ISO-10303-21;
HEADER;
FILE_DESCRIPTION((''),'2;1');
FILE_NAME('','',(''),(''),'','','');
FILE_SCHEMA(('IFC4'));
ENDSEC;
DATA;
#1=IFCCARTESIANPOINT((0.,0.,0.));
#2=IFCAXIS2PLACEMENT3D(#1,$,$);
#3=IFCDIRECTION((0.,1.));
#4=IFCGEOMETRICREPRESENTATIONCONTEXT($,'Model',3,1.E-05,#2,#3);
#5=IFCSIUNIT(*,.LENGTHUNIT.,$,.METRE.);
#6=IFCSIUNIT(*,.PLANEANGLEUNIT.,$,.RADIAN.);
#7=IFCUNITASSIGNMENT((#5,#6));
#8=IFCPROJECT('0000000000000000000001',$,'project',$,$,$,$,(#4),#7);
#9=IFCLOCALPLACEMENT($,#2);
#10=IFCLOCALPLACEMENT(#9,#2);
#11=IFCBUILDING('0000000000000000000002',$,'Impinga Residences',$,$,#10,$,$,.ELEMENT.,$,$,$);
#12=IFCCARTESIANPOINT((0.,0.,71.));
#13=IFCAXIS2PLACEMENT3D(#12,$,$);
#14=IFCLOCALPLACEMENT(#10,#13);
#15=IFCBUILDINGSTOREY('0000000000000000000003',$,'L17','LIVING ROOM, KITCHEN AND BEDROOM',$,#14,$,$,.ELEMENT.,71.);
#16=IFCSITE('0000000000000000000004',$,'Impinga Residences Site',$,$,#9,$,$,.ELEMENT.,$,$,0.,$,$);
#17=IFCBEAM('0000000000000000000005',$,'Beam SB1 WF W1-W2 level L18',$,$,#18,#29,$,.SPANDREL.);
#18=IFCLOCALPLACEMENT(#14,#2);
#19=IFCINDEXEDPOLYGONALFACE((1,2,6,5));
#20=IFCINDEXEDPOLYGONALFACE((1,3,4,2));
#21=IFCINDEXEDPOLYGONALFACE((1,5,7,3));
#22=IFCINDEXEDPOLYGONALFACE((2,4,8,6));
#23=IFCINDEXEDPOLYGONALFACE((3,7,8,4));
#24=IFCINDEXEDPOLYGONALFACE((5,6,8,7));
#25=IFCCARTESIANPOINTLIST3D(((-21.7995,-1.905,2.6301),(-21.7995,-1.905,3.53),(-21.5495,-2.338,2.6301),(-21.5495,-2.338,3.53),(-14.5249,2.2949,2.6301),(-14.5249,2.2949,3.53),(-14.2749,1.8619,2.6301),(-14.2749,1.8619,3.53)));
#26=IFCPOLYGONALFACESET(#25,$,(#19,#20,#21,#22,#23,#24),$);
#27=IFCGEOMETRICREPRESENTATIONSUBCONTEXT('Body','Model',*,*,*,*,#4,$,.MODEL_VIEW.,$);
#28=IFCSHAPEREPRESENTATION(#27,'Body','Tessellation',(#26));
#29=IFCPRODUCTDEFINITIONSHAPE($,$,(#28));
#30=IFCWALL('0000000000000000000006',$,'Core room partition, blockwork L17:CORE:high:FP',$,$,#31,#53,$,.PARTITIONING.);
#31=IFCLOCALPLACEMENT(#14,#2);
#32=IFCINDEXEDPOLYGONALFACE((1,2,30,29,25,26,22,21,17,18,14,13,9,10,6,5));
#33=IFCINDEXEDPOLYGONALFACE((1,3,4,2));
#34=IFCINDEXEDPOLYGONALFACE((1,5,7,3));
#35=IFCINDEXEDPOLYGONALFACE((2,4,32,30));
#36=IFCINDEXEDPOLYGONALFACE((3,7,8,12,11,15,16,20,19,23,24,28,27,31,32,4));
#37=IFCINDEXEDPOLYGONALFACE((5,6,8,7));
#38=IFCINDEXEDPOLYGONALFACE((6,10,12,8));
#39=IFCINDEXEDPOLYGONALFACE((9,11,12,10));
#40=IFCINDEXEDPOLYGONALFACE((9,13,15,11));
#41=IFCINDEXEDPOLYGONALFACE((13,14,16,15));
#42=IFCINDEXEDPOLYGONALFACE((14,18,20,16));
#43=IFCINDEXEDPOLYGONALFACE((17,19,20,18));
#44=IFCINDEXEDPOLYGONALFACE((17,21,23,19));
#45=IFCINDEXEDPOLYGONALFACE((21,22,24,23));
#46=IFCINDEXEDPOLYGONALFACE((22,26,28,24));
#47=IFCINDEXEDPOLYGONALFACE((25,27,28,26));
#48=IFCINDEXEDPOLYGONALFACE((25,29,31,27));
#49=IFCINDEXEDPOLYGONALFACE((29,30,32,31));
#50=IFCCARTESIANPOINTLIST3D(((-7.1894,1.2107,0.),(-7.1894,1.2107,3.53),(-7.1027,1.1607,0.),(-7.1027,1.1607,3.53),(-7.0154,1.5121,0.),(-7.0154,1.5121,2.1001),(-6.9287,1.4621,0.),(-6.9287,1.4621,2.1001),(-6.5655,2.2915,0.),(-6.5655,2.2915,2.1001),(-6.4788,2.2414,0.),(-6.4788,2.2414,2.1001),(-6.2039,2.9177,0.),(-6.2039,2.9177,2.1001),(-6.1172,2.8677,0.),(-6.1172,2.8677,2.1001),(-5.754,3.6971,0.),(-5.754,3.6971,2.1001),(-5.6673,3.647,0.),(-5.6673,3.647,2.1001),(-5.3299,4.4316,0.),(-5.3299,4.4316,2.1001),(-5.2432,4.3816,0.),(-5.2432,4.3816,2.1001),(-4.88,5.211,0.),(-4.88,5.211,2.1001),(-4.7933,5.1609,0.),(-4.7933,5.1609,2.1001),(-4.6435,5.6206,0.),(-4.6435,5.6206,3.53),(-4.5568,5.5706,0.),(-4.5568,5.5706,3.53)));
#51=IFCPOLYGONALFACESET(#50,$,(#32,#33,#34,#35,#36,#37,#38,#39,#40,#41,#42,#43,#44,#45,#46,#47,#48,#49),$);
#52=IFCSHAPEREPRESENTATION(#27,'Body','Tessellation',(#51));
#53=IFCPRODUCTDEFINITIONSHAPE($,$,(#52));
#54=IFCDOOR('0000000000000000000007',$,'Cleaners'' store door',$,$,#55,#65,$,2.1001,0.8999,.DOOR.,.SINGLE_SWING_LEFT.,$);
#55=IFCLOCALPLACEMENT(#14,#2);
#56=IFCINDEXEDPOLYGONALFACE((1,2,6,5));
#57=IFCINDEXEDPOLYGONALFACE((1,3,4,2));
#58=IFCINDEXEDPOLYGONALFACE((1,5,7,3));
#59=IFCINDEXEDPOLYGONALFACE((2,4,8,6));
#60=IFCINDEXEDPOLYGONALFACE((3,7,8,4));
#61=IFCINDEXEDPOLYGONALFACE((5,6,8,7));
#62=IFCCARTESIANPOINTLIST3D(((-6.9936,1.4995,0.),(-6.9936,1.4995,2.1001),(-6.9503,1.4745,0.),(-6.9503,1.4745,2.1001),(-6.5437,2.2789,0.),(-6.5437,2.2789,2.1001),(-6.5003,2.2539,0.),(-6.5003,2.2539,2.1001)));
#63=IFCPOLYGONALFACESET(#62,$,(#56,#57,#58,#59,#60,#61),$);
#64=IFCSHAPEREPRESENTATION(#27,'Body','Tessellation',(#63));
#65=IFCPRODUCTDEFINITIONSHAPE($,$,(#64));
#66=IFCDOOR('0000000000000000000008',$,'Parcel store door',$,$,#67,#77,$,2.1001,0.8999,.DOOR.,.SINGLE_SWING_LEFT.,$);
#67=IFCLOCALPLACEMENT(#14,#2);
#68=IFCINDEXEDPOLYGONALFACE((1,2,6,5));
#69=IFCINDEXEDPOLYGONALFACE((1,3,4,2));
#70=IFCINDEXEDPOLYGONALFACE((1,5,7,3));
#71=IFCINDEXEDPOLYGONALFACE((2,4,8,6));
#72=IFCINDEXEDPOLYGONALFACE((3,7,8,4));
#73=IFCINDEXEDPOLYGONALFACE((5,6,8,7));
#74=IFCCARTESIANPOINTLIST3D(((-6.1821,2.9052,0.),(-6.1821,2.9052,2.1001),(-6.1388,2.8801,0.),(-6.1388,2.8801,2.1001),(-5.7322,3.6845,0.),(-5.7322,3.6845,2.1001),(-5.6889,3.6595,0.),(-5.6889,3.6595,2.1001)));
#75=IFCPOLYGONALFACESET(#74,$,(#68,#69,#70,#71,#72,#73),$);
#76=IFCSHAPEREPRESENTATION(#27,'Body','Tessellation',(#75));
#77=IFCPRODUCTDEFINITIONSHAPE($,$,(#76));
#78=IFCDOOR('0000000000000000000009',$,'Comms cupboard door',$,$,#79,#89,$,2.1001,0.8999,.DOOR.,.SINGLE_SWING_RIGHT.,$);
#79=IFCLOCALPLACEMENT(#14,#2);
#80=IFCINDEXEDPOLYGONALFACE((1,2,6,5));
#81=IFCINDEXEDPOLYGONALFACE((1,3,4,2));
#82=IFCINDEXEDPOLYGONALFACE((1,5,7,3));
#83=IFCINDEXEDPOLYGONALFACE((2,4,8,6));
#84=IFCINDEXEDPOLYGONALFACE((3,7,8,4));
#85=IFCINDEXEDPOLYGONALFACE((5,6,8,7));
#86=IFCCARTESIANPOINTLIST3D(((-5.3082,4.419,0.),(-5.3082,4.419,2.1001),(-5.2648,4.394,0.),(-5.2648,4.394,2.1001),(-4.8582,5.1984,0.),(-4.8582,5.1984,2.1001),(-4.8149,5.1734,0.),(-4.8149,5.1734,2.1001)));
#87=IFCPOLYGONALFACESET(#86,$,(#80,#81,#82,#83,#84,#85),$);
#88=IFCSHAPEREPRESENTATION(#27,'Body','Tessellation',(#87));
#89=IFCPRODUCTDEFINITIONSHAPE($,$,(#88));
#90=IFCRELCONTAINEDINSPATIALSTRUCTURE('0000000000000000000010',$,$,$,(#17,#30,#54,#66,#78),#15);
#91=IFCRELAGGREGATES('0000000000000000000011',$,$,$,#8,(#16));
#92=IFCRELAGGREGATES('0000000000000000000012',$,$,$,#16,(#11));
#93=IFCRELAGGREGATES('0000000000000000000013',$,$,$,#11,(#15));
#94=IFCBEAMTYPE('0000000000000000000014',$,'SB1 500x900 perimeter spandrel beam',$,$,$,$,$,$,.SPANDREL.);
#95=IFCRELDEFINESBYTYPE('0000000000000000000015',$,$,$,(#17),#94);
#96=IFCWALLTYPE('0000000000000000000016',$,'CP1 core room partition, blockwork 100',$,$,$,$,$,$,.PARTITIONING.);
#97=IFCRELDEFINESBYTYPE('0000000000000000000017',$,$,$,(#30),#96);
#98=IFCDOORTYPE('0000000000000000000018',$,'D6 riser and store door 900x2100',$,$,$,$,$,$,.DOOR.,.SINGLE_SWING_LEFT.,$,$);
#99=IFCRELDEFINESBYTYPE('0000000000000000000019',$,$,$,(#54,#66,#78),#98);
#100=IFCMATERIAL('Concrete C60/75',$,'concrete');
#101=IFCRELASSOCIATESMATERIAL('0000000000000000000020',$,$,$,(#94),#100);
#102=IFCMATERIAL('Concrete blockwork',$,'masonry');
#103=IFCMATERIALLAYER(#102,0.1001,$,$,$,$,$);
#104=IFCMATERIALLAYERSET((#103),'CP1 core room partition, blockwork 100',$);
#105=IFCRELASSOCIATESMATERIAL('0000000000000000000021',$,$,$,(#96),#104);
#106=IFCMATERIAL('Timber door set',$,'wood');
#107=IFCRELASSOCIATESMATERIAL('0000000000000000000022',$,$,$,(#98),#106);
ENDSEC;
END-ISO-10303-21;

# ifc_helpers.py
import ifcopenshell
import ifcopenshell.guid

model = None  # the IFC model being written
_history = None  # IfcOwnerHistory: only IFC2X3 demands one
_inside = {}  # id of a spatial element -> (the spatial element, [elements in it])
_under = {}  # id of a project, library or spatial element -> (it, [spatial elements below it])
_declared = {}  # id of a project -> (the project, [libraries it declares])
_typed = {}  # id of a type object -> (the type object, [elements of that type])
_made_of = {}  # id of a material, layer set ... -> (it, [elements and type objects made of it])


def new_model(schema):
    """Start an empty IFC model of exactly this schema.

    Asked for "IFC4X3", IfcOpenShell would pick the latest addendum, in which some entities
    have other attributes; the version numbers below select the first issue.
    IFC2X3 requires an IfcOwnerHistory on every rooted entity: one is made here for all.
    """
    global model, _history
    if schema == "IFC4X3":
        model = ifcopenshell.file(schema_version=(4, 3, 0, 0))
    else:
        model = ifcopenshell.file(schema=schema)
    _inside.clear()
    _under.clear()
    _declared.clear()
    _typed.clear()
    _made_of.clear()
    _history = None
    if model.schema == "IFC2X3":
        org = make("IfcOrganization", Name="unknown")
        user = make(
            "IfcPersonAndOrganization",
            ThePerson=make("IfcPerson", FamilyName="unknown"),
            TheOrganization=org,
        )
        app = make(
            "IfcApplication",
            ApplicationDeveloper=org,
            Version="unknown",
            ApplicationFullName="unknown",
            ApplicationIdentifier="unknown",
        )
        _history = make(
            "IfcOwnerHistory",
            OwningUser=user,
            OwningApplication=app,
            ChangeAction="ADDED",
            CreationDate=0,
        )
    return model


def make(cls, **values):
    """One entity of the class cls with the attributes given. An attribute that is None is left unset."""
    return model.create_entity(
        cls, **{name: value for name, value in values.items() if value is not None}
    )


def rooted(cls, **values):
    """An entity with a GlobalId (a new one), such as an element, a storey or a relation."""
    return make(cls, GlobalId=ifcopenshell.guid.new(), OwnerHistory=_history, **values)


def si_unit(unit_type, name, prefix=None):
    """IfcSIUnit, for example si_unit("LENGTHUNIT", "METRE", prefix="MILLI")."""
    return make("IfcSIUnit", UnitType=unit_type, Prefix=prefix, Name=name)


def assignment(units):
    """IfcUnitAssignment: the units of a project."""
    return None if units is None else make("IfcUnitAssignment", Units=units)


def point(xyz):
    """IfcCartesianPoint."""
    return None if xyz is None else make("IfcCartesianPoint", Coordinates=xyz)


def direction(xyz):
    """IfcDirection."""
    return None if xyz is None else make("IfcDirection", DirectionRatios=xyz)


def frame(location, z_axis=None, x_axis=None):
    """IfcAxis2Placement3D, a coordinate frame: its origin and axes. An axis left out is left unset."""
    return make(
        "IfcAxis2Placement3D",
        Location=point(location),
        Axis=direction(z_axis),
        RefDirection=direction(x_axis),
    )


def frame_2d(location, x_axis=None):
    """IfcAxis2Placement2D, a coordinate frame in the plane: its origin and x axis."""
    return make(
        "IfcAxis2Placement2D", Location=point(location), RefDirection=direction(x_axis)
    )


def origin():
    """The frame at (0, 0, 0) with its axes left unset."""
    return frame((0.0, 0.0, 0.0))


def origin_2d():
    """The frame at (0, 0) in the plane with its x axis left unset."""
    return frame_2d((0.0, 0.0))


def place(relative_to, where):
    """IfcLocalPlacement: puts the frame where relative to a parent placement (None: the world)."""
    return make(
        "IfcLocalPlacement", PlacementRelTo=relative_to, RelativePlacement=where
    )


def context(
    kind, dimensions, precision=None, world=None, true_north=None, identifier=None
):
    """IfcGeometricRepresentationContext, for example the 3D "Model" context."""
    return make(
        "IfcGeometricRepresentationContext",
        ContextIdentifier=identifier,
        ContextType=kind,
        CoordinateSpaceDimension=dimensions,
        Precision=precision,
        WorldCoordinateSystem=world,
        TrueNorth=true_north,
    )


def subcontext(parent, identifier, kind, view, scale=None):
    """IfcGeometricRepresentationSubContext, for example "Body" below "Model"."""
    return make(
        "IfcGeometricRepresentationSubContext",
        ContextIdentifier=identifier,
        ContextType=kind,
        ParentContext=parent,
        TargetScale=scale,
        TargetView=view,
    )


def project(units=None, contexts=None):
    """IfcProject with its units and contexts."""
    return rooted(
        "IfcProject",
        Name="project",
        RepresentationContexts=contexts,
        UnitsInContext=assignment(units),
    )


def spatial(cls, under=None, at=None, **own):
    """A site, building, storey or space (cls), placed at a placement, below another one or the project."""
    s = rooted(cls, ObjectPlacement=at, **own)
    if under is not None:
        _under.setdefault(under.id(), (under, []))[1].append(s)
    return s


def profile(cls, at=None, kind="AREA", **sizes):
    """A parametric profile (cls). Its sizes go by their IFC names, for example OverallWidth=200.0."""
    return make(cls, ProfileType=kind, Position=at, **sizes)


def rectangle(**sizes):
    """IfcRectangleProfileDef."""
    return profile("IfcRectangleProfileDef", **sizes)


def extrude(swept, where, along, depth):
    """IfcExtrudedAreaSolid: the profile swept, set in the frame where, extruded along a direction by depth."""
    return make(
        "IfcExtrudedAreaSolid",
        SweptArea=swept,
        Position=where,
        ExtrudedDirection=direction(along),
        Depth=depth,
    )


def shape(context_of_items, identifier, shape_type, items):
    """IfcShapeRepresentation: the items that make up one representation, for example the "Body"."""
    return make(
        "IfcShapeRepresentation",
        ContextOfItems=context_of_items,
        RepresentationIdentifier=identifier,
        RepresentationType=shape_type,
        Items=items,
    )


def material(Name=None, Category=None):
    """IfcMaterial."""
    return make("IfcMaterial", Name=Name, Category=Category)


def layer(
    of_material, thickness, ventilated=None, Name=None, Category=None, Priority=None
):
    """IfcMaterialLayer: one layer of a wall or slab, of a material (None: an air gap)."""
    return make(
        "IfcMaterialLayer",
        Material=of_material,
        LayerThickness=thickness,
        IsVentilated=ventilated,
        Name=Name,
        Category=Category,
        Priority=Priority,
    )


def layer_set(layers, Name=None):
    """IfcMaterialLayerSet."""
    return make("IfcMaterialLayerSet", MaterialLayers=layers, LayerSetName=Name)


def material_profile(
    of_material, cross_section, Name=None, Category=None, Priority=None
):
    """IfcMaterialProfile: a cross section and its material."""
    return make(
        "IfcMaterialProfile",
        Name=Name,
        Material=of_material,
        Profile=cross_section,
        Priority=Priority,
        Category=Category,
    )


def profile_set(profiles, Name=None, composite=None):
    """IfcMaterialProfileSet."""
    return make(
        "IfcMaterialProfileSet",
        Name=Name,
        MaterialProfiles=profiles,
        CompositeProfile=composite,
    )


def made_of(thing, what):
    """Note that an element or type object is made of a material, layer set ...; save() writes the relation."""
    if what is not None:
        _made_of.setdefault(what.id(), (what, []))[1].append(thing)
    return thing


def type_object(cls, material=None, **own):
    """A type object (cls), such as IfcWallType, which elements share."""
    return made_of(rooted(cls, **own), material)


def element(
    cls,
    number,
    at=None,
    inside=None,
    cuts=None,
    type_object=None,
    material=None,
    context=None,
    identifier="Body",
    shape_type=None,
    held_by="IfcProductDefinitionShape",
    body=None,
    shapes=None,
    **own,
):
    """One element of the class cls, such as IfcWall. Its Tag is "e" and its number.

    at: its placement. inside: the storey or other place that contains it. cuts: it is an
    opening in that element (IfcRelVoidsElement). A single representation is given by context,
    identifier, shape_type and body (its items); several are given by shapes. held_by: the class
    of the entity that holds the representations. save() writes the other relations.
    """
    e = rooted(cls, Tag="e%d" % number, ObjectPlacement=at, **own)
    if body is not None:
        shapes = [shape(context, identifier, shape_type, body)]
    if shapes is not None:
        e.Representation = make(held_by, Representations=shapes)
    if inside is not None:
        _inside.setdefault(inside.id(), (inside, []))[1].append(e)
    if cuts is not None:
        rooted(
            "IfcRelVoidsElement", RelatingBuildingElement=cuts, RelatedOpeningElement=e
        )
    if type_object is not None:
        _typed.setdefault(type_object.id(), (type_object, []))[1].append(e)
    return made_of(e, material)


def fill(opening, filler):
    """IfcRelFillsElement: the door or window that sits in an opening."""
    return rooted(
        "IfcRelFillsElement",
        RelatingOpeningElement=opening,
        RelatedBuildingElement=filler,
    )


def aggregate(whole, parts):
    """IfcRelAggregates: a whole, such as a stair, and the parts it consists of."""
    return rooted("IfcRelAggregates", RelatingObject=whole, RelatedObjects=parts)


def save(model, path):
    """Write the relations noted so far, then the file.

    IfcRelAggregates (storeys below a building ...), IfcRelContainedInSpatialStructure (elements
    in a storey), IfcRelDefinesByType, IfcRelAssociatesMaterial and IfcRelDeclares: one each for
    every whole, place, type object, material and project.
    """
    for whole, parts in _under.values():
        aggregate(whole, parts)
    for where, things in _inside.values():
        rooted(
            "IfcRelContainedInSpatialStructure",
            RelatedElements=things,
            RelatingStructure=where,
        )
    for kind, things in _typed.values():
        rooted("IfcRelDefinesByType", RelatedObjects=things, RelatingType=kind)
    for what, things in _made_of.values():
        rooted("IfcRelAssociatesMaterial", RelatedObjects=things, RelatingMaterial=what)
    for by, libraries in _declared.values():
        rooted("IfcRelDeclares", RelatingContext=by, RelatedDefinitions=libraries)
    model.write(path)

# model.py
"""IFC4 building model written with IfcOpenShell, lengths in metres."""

from ifc_helpers import new_model, si_unit, direction, frame, frame_2d, origin, origin_2d, place, context, subcontext, project, spatial, rectangle, extrude, material, layer, layer_set, material_profile, profile_set, type_object, element, fill, save


model = new_model("IFC4")

# Units and contexts
model_context = context("Model", 3, precision=1e-05, world=origin(), true_north=direction((0.0, 1.0)))
body_context = subcontext(model_context, "Body", "Model", "MODEL_VIEW")
ifc_project = project(units=[si_unit("LENGTHUNIT", "METRE"), si_unit("PLANEANGLEUNIT", "RADIAN")], contexts=[model_context])

# Site, building, storey
site_placement = place(None, origin())
site = spatial("IfcSite", under=ifc_project, at=site_placement, Name="Impinga Residences Site", CompositionType="ELEMENT", RefElevation=0.0)
building_placement = place(site_placement, origin())
building = spatial("IfcBuilding", under=site, at=building_placement, Name="Impinga Residences", CompositionType="ELEMENT")
storey_placement = place(building_placement, frame((0.0, 0.0, 71.0)))
storey = spatial("IfcBuildingStorey", under=building, at=storey_placement, Name="L17", Description="LIVING ROOM, KITCHEN AND BEDROOM", CompositionType="ELEMENT", Elevation=71.0)

# Beam
ifc_material_1 = material(Name="Concrete C60/75", Category="concrete")
ifc_material_profile = material_profile(ifc_material_1, rectangle(XDim=0.5, YDim=0.8999, at=origin_2d()), Name="RC 500x900")
ifc_profile_set = profile_set([ifc_material_profile], Name="Concrete C60/75")
beam_type = type_object("IfcBeamType", Name="SB1 500x900 perimeter spandrel beam", PredefinedType="SPANDREL", material=ifc_profile_set)
beam_placement = place(storey_placement, frame((-14.3999, 2.0784, 3.0801), z_axis=(-0.866029, -0.499993, 0.0), x_axis=(0.499993, -0.866029, 0.0)))
element("IfcBeam", 1, at=beam_placement, inside=storey, type_object=beam_type, Name="Beam SB1 WF W1-W2 level L18", PredefinedType="SPANDREL", context=body_context, shape_type="SweptSolid", body=[
    extrude(rectangle(XDim=0.5, YDim=0.8999, at=origin_2d()), origin(), (0.0, 0.0, 1.0), 8.3999),
])

# Wall, openings, doors
ifc_material_2 = material(Name="Concrete blockwork", Category="masonry")
ifc_layer_1 = layer(ifc_material_2, 0.1001)
ifc_layer_set_1 = layer_set([ifc_layer_1], Name="CP1 core room partition, blockwork 100")
wall_type_1 = type_object("IfcWallType", Name="CP1 core room partition, blockwork 100", PredefinedType="PARTITIONING", material=ifc_layer_set_1)
wall_1_placement = place(storey_placement, frame((-7.146, 1.1858, 0.0), z_axis=(0.0, 0.0, 1.0), x_axis=(0.499976, 0.866039, 0.0)))
wall_1 = element("IfcWall", 2, at=wall_1_placement, inside=storey, type_object=wall_type_1, Name="Core room partition, blockwork L17:CORE:high:FP", PredefinedType="PARTITIONING", context=body_context, shape_type="SweptSolid", body=[
    extrude(rectangle(XDim=5.092, YDim=0.1001, at=frame_2d((2.5459, 0.0))), origin(), (0.0, 0.0, 1.0), 3.53),
])
opening_1_placement = place(wall_1_placement, frame((0.3479, 0.0, 0.0)))
opening_1 = element("IfcOpeningElement", 3, at=opening_1_placement, cuts=wall_1, PredefinedType="OPENING", context=body_context, shape_type="SweptSolid", body=[
    extrude(rectangle(XDim=0.8999, YDim=2.1001, at=frame_2d((0.45, 1.05))), frame((0.0, 0.0601, 0.0), z_axis=(0.0, -1.0, 0.0), x_axis=(1.0, 0.0, 0.0)), (0.0, 0.0, 1.0), 0.1201),
])
opening_2_placement = place(wall_1_placement, frame((1.9709, 0.0, 0.0)))
opening_2 = element("IfcOpeningElement", 4, at=opening_2_placement, cuts=wall_1, PredefinedType="OPENING", context=body_context, shape_type="SweptSolid", body=[
    extrude(rectangle(XDim=0.8999, YDim=2.1001, at=frame_2d((0.45, 1.05))), frame((0.0, 0.0601, 0.0), z_axis=(0.0, -1.0, 0.0), x_axis=(1.0, 0.0, 0.0)), (0.0, 0.0, 1.0), 0.1201),
])
opening_3_placement = place(wall_1_placement, frame((3.719, 0.0, 0.0)))
opening_3 = element("IfcOpeningElement", 5, at=opening_3_placement, cuts=wall_1, PredefinedType="OPENING", context=body_context, shape_type="SweptSolid", body=[
    extrude(rectangle(XDim=0.8999, YDim=2.1001, at=frame_2d((0.45, 1.05))), frame((0.0, 0.0601, 0.0), z_axis=(0.0, -1.0, 0.0), x_axis=(1.0, 0.0, 0.0)), (0.0, 0.0, 1.0), 0.1201),
])
ifc_material_3 = material(Name="Timber door set", Category="wood")
door_type = type_object("IfcDoorType", Name="D6 riser and store door 900x2100", OperationType="SINGLE_SWING_LEFT", PredefinedType="DOOR", material=ifc_material_3)
door_1_placement = place(opening_1_placement, origin())
door_1 = element("IfcDoor", 6, at=door_1_placement, inside=storey, type_object=door_type, Name="Cleaners' store door", OperationType="SINGLE_SWING_LEFT", OverallHeight=2.1001, OverallWidth=0.8999, PredefinedType="DOOR", context=body_context, shape_type="SweptSolid", body=[
    extrude(rectangle(XDim=0.8999, YDim=2.1001, at=frame_2d((0.45, 1.05))), frame((0.0, 0.0249, 0.0), z_axis=(0.0, -1.0, 0.0), x_axis=(1.0, 0.0, 0.0)), (0.0, 0.0, 1.0), 0.05),
])
fill(opening_1, door_1)
door_2_placement = place(opening_2_placement, origin())
door_2 = element("IfcDoor", 7, at=door_2_placement, inside=storey, type_object=door_type, Name="Parcel store door", OperationType="SINGLE_SWING_LEFT", OverallHeight=2.1001, OverallWidth=0.8999, PredefinedType="DOOR", context=body_context, shape_type="SweptSolid", body=[
    extrude(rectangle(XDim=0.8999, YDim=2.1001, at=frame_2d((0.45, 1.05))), frame((0.0, 0.0249, 0.0), z_axis=(0.0, -1.0, 0.0), x_axis=(1.0, 0.0, 0.0)), (0.0, 0.0, 1.0), 0.05),
])
fill(opening_2, door_2)
door_3_placement = place(opening_3_placement, origin())
door_3 = element("IfcDoor", 8, at=door_3_placement, inside=storey, type_object=door_type, Name="Comms cupboard door", OperationType="SINGLE_SWING_RIGHT", OverallHeight=2.1001, OverallWidth=0.8999, PredefinedType="DOOR", context=body_context, shape_type="SweptSolid", body=[
    extrude(rectangle(XDim=0.8999, YDim=2.1001, at=frame_2d((0.45, 1.05))), frame((0.0, 0.0249, 0.0), z_axis=(0.0, -1.0, 0.0), x_axis=(1.0, 0.0, 0.0)), (0.0, 0.0, 1.0), 0.05),
])
fill(opening_3, door_3)

save(model, "model.ifc")
